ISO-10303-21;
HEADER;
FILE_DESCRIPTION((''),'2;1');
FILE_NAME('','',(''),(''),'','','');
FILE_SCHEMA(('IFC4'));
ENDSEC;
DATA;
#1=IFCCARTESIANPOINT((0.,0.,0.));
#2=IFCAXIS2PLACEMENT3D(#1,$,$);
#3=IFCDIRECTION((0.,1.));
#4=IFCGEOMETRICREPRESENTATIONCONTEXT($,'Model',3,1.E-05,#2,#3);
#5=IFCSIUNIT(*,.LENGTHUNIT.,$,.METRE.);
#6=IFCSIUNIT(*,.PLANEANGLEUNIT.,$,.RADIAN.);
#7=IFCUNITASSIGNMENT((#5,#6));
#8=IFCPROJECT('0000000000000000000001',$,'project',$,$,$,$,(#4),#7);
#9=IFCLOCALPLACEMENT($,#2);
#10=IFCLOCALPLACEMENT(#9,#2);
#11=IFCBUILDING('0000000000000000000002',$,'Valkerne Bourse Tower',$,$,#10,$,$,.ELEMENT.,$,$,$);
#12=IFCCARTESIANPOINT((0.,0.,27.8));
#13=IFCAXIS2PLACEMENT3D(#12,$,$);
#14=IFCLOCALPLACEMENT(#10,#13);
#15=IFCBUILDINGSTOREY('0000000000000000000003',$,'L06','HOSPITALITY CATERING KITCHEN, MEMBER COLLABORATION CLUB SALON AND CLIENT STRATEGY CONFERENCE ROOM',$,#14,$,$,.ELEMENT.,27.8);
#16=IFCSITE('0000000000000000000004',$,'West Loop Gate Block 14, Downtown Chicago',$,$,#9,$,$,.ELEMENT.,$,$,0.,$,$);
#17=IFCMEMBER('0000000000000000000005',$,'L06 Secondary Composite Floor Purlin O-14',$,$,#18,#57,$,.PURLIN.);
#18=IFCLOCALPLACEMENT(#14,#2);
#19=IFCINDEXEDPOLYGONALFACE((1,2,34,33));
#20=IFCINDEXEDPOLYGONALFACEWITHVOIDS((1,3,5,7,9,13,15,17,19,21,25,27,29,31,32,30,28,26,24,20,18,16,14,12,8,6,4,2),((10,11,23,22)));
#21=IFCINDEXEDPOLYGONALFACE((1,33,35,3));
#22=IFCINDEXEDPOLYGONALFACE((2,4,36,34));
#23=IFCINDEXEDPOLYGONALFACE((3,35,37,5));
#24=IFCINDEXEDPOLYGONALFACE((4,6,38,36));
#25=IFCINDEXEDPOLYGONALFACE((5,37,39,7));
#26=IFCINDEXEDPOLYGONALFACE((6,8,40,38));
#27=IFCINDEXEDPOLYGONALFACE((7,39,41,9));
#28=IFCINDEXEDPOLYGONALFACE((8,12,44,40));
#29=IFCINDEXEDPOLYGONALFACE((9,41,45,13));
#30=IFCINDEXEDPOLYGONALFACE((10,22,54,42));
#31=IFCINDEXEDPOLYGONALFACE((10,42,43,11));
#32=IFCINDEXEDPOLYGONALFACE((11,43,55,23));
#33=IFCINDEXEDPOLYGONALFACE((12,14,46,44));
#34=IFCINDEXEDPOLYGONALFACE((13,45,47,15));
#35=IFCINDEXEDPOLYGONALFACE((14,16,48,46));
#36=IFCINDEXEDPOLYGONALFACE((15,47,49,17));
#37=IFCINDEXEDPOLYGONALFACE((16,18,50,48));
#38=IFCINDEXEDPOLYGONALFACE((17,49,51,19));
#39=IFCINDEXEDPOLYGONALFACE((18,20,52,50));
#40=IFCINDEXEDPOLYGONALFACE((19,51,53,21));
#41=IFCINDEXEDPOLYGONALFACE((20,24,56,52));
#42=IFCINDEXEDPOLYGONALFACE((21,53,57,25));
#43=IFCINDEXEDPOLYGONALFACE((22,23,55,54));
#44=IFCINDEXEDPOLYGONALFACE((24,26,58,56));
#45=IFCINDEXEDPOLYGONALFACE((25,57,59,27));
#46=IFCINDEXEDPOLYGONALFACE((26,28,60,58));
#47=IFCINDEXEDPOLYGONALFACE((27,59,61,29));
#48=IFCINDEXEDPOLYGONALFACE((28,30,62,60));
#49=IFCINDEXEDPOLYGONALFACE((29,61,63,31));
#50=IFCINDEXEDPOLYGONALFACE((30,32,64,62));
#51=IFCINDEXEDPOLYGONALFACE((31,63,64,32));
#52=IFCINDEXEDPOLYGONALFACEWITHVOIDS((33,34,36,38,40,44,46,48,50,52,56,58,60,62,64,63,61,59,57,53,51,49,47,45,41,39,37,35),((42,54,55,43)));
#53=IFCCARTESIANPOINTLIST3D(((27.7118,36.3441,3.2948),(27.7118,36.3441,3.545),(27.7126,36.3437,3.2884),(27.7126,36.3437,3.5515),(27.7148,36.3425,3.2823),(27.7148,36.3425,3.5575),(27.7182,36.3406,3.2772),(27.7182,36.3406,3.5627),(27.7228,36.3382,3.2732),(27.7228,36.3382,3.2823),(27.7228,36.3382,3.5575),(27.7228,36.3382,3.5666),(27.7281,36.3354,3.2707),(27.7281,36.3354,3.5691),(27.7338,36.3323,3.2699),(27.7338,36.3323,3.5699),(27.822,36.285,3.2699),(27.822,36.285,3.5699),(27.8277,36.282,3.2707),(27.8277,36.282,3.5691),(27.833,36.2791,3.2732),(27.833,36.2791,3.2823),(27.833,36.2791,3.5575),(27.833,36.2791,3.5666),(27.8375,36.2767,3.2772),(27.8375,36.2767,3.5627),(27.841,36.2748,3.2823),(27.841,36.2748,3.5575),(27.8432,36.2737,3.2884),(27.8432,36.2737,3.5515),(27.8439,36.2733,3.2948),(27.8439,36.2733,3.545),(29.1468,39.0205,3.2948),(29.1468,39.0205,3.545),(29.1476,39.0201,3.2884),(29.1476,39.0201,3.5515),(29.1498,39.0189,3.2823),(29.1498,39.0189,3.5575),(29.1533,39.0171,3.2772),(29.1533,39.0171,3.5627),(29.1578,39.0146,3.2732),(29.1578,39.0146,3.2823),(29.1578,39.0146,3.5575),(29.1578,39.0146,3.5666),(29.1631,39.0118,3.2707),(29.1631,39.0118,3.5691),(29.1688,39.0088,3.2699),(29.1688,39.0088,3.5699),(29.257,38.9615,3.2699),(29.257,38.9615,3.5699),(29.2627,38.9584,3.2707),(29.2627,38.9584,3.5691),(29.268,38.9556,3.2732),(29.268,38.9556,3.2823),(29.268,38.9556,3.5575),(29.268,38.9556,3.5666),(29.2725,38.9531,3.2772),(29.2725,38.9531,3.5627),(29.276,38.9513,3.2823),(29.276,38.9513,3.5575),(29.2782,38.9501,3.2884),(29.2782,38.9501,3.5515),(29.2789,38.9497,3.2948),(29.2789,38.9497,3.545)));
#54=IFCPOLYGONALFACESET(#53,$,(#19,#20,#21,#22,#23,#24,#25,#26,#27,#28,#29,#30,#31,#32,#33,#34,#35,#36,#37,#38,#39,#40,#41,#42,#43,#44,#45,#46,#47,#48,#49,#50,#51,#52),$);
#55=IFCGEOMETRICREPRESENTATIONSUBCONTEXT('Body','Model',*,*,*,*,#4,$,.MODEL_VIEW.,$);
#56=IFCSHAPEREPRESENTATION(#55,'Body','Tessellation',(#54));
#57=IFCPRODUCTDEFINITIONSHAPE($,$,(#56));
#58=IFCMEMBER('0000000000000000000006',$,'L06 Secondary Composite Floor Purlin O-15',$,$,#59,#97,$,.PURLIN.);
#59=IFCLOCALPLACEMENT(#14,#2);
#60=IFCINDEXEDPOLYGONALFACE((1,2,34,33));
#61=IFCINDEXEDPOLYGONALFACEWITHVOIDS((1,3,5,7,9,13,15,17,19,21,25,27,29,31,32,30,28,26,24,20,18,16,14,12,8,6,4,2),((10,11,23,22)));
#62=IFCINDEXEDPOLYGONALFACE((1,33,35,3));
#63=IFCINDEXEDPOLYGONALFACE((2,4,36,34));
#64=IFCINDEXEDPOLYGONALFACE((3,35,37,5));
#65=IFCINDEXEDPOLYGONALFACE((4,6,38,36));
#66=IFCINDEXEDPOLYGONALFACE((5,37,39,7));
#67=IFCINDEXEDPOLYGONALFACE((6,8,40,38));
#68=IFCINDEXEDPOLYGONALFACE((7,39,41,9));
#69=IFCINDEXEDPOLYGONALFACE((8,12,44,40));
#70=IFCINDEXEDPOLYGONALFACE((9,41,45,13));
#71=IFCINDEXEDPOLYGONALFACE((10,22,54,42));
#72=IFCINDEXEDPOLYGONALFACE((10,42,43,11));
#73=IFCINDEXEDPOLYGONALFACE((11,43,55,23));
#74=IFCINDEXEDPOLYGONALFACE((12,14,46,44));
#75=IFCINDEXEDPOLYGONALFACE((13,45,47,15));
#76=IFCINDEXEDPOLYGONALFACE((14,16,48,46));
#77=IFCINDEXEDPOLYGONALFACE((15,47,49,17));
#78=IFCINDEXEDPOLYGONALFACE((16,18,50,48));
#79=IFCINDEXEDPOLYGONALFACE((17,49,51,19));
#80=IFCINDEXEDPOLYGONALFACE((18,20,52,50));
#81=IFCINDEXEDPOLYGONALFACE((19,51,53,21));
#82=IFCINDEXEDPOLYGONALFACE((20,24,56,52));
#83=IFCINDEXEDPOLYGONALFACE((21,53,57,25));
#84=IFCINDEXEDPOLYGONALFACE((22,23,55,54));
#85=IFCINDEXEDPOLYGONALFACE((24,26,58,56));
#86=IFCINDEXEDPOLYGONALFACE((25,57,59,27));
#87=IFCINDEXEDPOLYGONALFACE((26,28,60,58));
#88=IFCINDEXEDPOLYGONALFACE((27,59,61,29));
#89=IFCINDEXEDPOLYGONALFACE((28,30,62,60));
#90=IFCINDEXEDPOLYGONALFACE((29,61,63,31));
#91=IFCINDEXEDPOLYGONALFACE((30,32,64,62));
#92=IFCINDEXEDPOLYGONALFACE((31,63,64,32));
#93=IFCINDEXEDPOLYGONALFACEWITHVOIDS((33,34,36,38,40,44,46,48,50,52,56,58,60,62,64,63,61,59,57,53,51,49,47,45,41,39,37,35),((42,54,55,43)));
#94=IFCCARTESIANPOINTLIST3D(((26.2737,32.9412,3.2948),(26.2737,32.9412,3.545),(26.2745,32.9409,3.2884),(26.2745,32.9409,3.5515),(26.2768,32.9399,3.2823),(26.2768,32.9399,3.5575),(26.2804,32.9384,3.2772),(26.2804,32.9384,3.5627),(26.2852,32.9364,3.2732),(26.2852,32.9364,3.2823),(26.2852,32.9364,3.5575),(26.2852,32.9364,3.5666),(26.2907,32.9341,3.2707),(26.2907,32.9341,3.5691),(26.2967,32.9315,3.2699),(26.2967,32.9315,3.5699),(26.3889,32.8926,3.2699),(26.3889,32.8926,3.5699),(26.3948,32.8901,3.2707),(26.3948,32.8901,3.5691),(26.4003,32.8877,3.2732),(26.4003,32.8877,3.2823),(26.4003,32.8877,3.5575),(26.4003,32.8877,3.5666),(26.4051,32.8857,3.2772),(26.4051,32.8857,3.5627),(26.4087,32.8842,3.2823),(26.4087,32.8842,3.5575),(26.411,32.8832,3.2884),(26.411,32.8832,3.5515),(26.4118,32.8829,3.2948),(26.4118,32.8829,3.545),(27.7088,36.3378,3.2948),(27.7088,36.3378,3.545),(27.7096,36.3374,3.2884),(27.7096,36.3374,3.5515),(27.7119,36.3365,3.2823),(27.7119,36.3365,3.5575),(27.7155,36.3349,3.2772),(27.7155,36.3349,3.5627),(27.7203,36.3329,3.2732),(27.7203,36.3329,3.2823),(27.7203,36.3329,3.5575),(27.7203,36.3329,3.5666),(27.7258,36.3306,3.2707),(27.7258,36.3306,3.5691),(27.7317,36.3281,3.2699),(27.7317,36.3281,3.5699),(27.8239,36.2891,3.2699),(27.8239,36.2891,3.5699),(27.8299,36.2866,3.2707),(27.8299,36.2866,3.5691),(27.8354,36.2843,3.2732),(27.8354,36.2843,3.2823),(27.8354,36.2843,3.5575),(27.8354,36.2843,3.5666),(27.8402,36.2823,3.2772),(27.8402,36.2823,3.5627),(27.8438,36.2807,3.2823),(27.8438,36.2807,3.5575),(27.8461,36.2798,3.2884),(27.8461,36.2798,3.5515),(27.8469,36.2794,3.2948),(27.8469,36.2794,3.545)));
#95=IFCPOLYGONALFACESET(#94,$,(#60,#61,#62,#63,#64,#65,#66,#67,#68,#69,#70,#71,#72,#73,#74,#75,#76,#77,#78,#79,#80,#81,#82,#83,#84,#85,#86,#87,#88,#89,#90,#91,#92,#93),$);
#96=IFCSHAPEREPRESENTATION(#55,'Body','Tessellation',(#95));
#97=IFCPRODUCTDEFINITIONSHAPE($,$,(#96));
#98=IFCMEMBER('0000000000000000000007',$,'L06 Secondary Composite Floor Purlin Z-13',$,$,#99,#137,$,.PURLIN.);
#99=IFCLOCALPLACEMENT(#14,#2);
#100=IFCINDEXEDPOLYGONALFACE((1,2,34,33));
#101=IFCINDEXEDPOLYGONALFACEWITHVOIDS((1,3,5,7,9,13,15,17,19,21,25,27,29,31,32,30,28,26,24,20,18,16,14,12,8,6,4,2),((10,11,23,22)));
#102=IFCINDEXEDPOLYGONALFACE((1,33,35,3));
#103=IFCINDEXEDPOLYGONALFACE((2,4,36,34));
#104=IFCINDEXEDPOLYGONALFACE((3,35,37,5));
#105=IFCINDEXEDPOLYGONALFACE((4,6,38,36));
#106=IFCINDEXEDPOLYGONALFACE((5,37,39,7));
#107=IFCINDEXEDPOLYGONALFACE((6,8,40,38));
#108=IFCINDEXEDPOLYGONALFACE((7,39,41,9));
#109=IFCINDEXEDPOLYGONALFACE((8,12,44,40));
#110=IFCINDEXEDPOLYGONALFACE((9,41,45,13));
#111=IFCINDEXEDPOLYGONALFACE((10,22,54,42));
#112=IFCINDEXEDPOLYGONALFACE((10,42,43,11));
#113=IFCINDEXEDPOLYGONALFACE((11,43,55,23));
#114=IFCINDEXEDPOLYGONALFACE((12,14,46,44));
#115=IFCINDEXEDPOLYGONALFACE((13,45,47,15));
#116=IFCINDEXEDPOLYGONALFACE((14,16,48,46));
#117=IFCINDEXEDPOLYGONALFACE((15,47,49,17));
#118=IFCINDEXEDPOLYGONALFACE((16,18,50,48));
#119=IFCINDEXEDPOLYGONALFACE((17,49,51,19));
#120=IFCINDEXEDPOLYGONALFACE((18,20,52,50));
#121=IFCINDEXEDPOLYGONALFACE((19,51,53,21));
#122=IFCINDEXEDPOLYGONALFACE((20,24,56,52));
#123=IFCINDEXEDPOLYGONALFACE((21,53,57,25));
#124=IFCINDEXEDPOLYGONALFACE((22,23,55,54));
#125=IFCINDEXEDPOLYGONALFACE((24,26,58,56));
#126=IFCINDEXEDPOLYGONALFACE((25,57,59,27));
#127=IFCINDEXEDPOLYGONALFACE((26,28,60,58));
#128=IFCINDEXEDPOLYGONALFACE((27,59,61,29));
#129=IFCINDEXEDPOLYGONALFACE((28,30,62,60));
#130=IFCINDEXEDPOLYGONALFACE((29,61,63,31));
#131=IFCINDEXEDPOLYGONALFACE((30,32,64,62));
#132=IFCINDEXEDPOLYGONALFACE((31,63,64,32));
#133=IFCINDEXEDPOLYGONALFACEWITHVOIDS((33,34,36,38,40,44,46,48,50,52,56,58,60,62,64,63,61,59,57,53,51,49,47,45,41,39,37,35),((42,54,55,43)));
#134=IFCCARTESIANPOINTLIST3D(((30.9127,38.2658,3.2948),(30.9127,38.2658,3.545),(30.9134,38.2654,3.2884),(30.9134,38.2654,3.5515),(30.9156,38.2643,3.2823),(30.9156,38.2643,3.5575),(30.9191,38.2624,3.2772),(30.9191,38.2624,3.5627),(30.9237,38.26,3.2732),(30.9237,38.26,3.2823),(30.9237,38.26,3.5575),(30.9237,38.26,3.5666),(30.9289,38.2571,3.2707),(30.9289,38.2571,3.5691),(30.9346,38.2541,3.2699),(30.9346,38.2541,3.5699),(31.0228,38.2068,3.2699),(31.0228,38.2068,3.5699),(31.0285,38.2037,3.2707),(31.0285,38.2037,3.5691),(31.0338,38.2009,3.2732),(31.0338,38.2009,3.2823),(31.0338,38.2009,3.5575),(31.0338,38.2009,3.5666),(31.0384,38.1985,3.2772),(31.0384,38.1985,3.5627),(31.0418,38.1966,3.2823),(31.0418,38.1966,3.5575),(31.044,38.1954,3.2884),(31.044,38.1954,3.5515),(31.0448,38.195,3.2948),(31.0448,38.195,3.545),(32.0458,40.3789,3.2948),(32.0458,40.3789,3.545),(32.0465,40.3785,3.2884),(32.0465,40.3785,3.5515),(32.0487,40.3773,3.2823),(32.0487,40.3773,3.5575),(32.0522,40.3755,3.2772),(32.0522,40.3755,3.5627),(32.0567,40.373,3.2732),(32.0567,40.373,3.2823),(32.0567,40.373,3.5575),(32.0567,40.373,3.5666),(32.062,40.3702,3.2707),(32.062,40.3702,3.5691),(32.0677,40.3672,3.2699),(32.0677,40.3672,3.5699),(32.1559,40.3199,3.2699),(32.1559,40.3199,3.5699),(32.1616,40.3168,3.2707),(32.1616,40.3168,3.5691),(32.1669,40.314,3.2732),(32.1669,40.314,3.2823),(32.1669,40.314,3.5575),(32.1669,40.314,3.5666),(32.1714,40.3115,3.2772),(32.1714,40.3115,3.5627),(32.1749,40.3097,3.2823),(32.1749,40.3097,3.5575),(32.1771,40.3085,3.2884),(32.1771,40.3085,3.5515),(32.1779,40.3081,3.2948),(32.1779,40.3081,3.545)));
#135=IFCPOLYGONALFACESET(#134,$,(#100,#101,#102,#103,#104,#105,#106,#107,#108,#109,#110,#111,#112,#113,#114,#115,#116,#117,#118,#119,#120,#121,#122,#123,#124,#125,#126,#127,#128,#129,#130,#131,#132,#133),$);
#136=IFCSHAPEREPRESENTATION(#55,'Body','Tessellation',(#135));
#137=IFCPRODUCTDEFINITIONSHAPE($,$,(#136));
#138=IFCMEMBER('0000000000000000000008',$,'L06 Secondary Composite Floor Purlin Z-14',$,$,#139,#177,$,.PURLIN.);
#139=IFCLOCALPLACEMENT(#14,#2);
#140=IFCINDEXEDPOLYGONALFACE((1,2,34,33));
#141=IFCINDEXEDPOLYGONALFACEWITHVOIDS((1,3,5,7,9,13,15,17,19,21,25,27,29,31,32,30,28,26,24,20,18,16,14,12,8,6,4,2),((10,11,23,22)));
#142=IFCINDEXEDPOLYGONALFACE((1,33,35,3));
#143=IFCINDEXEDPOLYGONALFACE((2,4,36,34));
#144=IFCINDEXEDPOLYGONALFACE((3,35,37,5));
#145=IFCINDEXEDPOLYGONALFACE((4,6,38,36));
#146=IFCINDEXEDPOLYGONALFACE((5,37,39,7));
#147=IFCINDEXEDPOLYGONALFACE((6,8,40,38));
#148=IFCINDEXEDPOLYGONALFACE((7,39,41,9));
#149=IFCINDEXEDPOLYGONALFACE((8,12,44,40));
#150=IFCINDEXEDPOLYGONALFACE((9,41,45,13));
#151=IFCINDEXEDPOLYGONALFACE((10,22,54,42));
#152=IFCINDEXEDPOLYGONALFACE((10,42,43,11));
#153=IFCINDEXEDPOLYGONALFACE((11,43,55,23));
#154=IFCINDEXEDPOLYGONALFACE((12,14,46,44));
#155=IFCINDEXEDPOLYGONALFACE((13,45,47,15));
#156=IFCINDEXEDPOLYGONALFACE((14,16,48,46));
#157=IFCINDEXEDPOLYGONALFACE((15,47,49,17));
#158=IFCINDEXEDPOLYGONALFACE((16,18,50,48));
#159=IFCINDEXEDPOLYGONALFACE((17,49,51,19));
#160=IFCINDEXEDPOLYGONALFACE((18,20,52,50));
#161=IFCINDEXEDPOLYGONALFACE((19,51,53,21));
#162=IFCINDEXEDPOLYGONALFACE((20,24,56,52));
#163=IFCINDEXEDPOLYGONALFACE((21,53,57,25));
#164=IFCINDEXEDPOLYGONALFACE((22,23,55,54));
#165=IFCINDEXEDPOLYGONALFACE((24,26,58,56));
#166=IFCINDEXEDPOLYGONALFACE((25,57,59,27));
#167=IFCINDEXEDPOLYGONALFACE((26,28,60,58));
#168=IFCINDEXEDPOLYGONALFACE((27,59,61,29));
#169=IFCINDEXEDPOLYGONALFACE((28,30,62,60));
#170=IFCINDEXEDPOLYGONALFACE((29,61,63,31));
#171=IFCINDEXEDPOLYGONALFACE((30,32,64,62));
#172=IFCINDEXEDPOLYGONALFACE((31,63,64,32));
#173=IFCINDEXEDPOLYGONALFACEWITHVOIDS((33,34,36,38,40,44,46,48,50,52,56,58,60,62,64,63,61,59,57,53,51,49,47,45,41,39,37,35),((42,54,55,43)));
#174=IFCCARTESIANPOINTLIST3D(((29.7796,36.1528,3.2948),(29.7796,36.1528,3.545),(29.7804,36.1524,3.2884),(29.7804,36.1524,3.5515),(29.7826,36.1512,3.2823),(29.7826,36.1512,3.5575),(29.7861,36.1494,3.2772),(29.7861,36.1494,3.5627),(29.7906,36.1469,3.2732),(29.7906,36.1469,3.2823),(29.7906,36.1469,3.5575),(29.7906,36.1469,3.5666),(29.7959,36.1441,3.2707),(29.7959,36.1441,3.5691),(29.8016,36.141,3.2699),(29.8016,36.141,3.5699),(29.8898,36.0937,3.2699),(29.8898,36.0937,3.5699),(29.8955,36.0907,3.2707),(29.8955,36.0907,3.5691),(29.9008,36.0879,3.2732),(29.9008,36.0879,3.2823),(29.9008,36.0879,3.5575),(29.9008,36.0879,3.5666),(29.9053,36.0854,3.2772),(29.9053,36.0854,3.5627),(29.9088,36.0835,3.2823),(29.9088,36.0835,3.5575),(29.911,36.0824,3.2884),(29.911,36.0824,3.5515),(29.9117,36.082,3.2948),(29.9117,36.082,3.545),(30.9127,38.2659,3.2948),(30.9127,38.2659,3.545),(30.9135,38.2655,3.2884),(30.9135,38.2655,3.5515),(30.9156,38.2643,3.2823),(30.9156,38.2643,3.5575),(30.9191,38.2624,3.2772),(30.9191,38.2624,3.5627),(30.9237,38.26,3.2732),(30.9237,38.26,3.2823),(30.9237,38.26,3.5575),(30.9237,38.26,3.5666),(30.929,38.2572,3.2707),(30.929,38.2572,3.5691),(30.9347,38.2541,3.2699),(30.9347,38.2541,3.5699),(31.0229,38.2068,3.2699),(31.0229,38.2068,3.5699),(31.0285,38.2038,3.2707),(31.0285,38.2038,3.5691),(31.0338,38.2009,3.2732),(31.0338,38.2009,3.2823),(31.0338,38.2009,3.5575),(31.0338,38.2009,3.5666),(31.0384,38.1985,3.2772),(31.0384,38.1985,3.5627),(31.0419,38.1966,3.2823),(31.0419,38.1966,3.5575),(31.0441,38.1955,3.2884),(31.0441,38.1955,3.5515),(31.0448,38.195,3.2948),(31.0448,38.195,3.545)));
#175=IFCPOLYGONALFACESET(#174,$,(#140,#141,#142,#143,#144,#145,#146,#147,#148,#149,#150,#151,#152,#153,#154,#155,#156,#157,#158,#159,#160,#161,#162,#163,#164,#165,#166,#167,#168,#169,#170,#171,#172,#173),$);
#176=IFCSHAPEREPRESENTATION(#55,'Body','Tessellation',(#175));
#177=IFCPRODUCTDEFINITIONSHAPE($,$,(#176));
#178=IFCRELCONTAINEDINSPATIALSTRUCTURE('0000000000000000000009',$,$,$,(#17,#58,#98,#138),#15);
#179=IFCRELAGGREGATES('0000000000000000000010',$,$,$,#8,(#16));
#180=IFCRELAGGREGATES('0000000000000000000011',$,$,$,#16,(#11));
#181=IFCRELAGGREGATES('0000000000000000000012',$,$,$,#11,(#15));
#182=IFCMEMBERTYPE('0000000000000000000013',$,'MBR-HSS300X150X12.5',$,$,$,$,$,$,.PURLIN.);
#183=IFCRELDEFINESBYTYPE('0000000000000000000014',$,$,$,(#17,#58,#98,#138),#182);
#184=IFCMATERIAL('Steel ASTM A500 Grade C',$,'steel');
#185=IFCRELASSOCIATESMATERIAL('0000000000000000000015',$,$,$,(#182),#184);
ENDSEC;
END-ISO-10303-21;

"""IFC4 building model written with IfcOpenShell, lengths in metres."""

from ifc_helpers import new_model, si_unit, direction, frame, origin, origin_2d, place, context, subcontext, project, spatial, hollow_rectangle, extrude, material, material_profile, profile_set, type_object, element, save


model = new_model("IFC4")

# Units and contexts
model_context = context("Model", 3, precision=1e-05, world=origin(), true_north=direction((0.0, 1.0)))
body_context = subcontext(model_context, "Body", "Model", "MODEL_VIEW")
ifc_project = project(units=[si_unit("LENGTHUNIT", "METRE"), si_unit("PLANEANGLEUNIT", "RADIAN")], contexts=[model_context])

# Site, building, storey
site_placement = place(None, origin())
site = spatial("IfcSite", under=ifc_project, at=site_placement, Name="West Loop Gate Block 14, Downtown Chicago", CompositionType="ELEMENT", RefElevation=0.0)
building_placement = place(site_placement, origin())
building = spatial("IfcBuilding", under=site, at=building_placement, Name="Valkerne Bourse Tower", CompositionType="ELEMENT")
storey_placement = place(building_placement, frame((0.0, 0.0, 27.8)))
storey = spatial("IfcBuildingStorey", under=building, at=storey_placement, Name="L06", Description="HOSPITALITY CATERING KITCHEN, MEMBER COLLABORATION CLUB SALON AND CLIENT STRATEGY CONFERENCE ROOM", CompositionType="ELEMENT", Elevation=27.8)

# Members
ifc_material_1 = material(Name="Steel ASTM A500 Grade C", Category="steel")
ifc_material_profile_1 = material_profile(ifc_material_1, hollow_rectangle(XDim=0.1499, YDim=0.3, WallThickness=0.0125, OuterFilletRadius=0.0249, at=origin_2d()), Name="HSS300X150X12.5")
ifc_profile_set_1 = profile_set([ifc_material_profile_1], Name="Steel ASTM A500 Grade C")
member_type_1 = type_object("IfcMemberType", Name="MBR-HSS300X150X12.5", PredefinedType="PURLIN", material=ifc_profile_set_1)
member_1_placement = place(storey_placement, frame((29.2129, 38.9851, 3.4199), z_axis=(-0.472531, -0.881314, 0.0), x_axis=(0.881314, -0.472531, 0.0)))
element("IfcMember", 1, at=member_1_placement, inside=storey, type_object=member_type_1, Name="L06 Secondary Composite Floor Purlin O-14", PredefinedType="PURLIN", context=body_context, shape_type="SweptSolid", body=[
    extrude(hollow_rectangle(XDim=0.1499, YDim=0.3, WallThickness=0.0125, OuterFilletRadius=0.0249, at=origin_2d()), origin(), (0.0, 0.0, 1.0), 3.0369),
])
member_2_placement = place(storey_placement, frame((27.7778, 36.3086, 3.4199), z_axis=(-0.389199, -0.921154, 0.0), x_axis=(0.921154, -0.389199, 0.0)))
element("IfcMember", 2, at=member_2_placement, inside=storey, type_object=member_type_1, Name="L06 Secondary Composite Floor Purlin O-15", PredefinedType="PURLIN", context=body_context, shape_type="SweptSolid", body=[
    extrude(hollow_rectangle(XDim=0.1499, YDim=0.3, WallThickness=0.0125, OuterFilletRadius=0.0249, at=origin_2d()), origin(), (0.0, 0.0, 1.0), 3.6873),
])
for number, where, z_axis, x_axis, name in (
    (3, (32.1118, 40.3435, 3.4199), (-0.472569, -0.881294, 0.0), (0.881294, -0.472569, 0.0), "L06 Secondary Composite Floor Purlin Z-13"),
    (4, (30.9788, 38.2305, 3.4199), (-0.472569, -0.881294, 0.0), (0.881294, -0.472569, 0.0), "L06 Secondary Composite Floor Purlin Z-14"),
):
    element("IfcMember", number, at=place(storey_placement, frame(where, z_axis=z_axis, x_axis=x_axis)), inside=storey, type_object=member_type_1, Name=name, PredefinedType="PURLIN", context=body_context, shape_type="SweptSolid", body=[
        extrude(hollow_rectangle(XDim=0.1499, YDim=0.3, WallThickness=0.0125, OuterFilletRadius=0.0249, at=origin_2d()), origin(), (0.0, 0.0, 1.0), 2.3977),
    ])

save(model, "model.ifc")
